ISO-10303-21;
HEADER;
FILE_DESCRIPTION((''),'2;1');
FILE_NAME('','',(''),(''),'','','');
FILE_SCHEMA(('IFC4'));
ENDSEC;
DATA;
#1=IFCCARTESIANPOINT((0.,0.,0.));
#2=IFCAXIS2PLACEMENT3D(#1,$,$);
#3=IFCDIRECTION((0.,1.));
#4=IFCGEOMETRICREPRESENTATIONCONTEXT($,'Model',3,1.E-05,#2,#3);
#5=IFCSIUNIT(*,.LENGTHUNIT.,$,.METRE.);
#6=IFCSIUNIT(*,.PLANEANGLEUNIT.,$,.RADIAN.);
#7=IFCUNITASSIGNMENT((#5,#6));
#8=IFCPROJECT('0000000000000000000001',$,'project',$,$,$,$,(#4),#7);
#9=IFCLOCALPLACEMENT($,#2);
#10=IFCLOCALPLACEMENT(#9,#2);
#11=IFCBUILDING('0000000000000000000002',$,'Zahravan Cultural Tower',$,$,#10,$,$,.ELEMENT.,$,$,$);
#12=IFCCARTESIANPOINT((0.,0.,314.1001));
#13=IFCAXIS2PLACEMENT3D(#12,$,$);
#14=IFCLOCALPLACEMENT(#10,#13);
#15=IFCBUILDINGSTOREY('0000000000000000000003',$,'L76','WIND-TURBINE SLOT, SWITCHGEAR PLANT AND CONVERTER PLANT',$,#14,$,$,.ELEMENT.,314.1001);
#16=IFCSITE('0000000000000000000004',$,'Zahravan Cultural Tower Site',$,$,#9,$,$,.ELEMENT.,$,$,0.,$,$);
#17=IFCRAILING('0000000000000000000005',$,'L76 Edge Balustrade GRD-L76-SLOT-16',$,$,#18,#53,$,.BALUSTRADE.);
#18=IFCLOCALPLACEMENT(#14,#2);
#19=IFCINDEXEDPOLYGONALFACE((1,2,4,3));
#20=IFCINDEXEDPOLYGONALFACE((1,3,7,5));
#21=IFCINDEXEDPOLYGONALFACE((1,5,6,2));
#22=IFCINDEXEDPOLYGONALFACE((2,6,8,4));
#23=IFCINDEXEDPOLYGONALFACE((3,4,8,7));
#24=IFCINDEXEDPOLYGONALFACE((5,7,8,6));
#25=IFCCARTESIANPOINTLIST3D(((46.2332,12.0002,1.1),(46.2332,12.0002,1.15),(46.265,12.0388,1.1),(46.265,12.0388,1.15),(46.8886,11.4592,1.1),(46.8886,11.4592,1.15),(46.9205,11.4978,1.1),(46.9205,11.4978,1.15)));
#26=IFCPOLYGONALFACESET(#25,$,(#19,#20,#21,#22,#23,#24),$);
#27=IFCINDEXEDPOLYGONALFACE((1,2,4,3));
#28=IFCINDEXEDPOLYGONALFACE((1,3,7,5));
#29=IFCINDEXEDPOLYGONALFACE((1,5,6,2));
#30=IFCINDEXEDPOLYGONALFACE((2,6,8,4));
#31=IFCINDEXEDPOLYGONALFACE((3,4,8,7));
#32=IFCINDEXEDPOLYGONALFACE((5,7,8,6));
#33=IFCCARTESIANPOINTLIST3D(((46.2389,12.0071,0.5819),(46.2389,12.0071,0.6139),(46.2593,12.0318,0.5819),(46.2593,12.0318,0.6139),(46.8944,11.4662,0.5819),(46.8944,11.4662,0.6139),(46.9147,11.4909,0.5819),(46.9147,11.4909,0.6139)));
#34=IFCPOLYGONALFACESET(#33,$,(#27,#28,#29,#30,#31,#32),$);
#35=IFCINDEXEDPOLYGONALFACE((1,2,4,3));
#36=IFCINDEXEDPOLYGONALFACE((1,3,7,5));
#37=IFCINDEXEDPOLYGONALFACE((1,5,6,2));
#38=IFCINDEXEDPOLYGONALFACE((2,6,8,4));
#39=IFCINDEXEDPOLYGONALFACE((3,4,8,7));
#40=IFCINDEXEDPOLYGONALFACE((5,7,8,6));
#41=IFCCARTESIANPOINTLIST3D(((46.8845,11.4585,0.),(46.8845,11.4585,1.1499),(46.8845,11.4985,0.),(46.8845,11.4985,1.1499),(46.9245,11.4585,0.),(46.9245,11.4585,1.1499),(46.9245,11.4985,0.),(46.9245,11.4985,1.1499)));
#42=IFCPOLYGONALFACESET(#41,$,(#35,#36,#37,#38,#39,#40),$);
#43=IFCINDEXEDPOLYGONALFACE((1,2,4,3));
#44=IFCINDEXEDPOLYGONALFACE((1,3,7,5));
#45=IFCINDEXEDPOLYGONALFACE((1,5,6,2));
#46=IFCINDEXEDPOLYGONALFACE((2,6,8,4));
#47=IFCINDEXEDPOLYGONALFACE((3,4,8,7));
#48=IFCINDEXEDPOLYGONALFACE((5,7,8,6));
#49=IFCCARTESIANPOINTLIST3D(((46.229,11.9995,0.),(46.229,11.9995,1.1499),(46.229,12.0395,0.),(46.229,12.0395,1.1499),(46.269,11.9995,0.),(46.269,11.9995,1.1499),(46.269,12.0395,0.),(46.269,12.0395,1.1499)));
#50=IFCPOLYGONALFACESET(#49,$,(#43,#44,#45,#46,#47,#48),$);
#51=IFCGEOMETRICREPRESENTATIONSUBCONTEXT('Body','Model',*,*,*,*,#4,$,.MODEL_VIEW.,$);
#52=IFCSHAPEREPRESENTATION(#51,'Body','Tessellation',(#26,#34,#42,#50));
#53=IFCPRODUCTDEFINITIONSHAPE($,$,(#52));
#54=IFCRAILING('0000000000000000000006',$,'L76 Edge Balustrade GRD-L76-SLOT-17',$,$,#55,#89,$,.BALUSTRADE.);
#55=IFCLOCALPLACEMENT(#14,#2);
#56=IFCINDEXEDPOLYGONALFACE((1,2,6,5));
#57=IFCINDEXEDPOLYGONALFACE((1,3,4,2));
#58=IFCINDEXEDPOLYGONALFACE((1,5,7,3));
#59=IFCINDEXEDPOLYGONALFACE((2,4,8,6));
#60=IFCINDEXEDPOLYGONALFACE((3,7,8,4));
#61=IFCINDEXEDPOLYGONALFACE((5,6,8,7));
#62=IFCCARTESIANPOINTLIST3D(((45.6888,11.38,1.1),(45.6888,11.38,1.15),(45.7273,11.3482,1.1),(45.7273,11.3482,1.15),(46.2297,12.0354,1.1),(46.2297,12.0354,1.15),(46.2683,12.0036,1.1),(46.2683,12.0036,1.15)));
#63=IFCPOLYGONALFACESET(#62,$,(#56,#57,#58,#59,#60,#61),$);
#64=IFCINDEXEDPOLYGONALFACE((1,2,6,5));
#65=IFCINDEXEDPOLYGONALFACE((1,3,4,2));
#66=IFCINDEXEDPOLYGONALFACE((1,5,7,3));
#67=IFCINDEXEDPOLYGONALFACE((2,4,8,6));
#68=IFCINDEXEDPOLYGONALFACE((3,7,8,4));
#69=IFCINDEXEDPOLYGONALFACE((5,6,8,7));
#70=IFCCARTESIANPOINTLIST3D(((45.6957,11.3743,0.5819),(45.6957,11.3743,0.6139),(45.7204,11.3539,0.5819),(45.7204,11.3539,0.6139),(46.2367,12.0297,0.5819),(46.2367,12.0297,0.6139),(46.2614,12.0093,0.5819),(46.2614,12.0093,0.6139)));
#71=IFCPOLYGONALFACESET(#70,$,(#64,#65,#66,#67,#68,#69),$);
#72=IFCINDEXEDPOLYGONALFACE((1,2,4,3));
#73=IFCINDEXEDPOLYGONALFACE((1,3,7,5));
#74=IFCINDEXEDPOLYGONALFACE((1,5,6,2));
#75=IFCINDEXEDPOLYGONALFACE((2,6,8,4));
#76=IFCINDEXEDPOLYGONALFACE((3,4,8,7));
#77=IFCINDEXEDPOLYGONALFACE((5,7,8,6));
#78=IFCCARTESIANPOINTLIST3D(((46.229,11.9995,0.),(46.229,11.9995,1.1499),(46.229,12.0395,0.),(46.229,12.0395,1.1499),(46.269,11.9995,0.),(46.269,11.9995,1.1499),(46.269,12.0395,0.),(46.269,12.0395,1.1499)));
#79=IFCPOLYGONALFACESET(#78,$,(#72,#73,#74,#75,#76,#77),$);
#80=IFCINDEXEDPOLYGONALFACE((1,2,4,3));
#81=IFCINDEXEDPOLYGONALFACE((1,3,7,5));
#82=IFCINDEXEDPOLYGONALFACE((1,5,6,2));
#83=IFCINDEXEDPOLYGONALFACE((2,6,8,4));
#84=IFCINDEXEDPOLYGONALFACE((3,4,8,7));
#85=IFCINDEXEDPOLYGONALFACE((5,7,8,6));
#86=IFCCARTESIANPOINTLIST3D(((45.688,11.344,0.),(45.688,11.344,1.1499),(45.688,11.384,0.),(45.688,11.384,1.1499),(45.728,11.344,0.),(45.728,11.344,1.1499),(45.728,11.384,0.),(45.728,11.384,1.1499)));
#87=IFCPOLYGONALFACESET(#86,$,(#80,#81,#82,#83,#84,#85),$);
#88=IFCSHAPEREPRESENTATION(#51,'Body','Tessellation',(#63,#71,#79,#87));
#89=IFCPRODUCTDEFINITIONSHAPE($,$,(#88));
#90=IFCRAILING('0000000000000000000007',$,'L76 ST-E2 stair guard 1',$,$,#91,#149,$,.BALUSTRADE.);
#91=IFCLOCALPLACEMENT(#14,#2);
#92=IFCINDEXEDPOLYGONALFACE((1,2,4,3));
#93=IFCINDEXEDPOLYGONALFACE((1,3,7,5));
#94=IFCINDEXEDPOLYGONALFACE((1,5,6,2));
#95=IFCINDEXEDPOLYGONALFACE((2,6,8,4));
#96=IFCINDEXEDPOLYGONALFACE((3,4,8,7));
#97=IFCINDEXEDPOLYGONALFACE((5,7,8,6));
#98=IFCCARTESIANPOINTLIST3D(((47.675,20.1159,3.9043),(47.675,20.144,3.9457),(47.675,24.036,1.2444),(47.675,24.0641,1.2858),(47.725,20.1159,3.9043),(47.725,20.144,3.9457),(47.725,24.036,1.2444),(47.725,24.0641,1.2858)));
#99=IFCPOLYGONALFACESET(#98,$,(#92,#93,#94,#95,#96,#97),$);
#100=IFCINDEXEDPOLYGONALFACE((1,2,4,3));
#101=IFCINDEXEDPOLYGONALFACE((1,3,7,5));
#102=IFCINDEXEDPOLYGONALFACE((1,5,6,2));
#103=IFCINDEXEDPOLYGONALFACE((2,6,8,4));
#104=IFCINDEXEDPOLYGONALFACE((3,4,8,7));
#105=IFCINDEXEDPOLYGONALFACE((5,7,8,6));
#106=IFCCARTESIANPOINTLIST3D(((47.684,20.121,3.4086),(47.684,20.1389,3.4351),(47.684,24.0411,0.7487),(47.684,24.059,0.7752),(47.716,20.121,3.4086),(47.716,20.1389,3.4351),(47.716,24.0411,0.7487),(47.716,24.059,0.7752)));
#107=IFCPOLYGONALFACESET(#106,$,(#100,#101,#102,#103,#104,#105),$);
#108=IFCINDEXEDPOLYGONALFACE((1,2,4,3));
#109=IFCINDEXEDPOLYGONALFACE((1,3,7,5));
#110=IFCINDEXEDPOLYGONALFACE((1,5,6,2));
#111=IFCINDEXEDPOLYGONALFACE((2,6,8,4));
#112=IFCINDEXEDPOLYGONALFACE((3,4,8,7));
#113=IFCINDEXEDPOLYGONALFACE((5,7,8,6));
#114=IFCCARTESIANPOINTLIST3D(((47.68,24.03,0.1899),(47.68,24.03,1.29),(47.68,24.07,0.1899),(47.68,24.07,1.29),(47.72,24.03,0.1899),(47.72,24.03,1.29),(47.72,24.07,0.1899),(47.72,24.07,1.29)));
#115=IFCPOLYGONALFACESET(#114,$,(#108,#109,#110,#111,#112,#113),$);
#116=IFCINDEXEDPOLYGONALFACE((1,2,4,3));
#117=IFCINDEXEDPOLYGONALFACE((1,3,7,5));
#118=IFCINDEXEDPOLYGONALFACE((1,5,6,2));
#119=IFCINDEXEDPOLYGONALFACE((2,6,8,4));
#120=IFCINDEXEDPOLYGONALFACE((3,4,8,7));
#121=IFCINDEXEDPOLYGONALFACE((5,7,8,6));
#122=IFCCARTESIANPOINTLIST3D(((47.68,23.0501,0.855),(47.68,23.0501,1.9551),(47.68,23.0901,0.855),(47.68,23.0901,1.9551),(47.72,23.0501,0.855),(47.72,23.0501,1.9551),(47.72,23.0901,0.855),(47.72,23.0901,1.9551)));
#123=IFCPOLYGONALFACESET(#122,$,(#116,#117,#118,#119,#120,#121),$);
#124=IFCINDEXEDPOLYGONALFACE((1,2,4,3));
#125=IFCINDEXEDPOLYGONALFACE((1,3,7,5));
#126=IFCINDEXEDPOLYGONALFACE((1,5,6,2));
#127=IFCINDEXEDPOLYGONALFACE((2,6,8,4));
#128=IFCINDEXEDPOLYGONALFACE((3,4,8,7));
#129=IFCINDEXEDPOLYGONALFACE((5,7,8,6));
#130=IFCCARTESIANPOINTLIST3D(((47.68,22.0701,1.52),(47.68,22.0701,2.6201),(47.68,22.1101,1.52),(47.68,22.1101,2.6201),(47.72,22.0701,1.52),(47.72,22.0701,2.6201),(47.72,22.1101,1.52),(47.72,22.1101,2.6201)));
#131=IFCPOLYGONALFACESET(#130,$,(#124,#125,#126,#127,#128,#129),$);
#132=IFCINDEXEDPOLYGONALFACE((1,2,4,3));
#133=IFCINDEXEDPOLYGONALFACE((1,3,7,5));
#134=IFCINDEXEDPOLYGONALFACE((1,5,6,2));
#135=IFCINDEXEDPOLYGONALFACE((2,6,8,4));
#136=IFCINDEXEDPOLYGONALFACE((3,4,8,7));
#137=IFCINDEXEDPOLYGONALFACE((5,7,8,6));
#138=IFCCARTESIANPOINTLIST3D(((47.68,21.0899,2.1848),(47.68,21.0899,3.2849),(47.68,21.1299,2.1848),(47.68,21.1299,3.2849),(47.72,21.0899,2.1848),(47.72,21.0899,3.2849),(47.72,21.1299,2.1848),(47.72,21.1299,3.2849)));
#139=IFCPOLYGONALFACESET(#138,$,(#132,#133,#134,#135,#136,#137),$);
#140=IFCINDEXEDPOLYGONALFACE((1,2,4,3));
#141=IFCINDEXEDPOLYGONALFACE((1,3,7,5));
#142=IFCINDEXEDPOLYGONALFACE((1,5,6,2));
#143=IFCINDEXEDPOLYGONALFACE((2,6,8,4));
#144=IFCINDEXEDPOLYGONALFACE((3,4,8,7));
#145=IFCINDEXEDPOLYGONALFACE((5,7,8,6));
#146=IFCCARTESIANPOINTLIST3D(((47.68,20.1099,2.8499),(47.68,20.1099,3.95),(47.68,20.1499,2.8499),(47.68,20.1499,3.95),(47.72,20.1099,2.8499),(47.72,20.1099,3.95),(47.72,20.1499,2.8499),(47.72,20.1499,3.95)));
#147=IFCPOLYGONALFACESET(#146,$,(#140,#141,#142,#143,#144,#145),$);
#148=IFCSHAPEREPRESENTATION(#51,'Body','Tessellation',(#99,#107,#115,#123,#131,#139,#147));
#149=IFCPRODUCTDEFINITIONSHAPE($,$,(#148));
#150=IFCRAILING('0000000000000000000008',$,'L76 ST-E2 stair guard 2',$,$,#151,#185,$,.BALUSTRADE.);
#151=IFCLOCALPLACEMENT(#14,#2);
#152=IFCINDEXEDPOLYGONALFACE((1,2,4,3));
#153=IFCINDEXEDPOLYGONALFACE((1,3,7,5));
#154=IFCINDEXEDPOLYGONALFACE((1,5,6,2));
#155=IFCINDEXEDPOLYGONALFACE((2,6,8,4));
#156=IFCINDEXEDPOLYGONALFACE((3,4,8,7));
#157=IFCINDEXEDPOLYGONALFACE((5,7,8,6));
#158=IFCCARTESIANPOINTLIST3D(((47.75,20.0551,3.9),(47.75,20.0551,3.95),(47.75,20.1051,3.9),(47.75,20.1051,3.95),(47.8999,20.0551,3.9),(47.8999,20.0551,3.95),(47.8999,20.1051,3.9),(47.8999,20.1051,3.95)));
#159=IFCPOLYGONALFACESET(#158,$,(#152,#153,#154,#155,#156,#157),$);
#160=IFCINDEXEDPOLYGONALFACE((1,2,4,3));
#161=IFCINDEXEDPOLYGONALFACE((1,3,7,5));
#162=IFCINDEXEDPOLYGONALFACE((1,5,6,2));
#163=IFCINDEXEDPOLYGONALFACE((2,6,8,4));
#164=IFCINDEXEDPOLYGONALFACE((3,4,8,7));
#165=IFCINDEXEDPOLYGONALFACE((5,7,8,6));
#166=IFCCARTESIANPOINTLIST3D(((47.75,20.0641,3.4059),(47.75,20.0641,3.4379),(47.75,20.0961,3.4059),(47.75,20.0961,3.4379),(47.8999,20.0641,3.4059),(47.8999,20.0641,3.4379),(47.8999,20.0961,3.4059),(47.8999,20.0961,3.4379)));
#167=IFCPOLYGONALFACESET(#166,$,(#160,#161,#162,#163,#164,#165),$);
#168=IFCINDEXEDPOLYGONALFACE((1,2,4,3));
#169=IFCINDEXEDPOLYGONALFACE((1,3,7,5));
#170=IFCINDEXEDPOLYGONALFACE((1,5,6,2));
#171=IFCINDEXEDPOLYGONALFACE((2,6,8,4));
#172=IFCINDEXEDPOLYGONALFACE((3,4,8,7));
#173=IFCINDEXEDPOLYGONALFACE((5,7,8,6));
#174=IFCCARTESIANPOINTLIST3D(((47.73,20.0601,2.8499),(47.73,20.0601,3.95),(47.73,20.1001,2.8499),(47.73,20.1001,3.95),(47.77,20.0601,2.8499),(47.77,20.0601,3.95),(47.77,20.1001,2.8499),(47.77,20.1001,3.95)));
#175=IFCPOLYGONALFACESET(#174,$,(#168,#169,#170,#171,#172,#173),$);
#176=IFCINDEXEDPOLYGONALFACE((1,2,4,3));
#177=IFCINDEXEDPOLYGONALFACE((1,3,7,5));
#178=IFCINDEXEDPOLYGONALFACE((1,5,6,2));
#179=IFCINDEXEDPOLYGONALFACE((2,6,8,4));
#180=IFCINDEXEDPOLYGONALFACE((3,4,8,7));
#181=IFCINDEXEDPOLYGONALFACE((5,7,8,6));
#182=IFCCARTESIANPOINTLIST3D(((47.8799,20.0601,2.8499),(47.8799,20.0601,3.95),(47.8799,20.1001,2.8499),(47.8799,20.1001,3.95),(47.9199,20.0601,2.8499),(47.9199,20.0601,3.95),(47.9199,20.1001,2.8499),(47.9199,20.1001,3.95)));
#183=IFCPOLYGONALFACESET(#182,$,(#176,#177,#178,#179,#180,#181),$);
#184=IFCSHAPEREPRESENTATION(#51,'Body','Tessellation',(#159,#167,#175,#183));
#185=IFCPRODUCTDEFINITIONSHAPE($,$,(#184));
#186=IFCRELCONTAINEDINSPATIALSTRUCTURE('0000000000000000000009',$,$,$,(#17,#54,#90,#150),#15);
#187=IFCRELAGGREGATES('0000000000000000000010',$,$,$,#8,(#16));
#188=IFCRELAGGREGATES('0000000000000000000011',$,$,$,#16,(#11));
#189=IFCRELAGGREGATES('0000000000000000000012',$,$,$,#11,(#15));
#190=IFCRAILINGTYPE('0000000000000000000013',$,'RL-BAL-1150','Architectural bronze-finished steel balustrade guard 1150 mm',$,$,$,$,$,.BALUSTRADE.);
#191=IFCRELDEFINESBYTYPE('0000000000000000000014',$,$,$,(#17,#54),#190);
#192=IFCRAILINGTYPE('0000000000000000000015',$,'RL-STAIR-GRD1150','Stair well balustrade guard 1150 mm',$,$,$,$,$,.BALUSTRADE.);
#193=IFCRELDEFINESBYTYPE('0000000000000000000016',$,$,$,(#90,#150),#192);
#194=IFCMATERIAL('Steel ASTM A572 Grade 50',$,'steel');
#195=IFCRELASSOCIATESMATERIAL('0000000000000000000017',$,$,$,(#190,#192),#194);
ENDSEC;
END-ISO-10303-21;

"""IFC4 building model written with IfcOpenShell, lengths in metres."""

from ifc_helpers import new_model, si_unit, direction, frame, origin, origin_2d, place, context, subcontext, project, spatial, rectangle, extrude, material, type_object, element, save


model = new_model("IFC4")

# Units and contexts
model_context = context("Model", 3, precision=1e-05, world=origin(), true_north=direction((0.0, 1.0)))
body_context = subcontext(model_context, "Body", "Model", "MODEL_VIEW")
ifc_project = project(units=[si_unit("LENGTHUNIT", "METRE"), si_unit("PLANEANGLEUNIT", "RADIAN")], contexts=[model_context])

# Site, building, storey
site_placement = place(None, origin())
site = spatial("IfcSite", under=ifc_project, at=site_placement, Name="Zahravan Cultural Tower Site", CompositionType="ELEMENT", RefElevation=0.0)
building_placement = place(site_placement, origin())
building = spatial("IfcBuilding", under=site, at=building_placement, Name="Zahravan Cultural Tower", CompositionType="ELEMENT")
storey_placement = place(building_placement, frame((0.0, 0.0, 314.1001)))
storey = spatial("IfcBuildingStorey", under=building, at=storey_placement, Name="L76", Description="WIND-TURBINE SLOT, SWITCHGEAR PLANT AND CONVERTER PLANT", CompositionType="ELEMENT", Elevation=314.1001)

# Shared definitions
ifc_material_1 = material(Name="Steel ASTM A572 Grade 50", Category="steel")

# Railings
railing_type_1 = type_object("IfcRailingType", Name="RL-BAL-1150", Description="Architectural bronze-finished steel balustrade guard 1150 mm", PredefinedType="BALUSTRADE", material=ifc_material_1)
railing_1_placement = place(storey_placement, frame((46.9045, 11.4785, 0.0)))
element("IfcRailing", 1, at=railing_1_placement, inside=storey, type_object=railing_type_1, Name="L76 Edge Balustrade GRD-L76-SLOT-16", PredefinedType="BALUSTRADE", context=body_context, shape_type="SweptSolid", body=[
    extrude(rectangle(XDim=0.05, YDim=0.05, at=origin_2d()), frame((0.0, 0.0, 1.125), z_axis=(-0.77125, 0.636532, 0.0), x_axis=(-0.636532, -0.77125, 0.0)), (0.0, 0.0, 1.0), 0.8499),
    extrude(rectangle(XDim=0.032, YDim=0.032, at=origin_2d()), frame((0.0, 0.0, 0.5979), z_axis=(-0.77125, 0.636532, 0.0), x_axis=(-0.636532, -0.77125, 0.0)), (0.0, 0.0, 1.0), 0.8499),
    extrude(rectangle(XDim=0.04, YDim=0.04, at=origin_2d()), origin(), (0.0, 0.0, 1.0), 1.1499),
    extrude(rectangle(XDim=0.04, YDim=0.04, at=origin_2d()), frame((-0.6555, 0.541, 0.0)), (0.0, 0.0, 1.0), 1.1499),
])
railing_2_placement = place(storey_placement, frame((46.249, 12.0195, 0.0)))
element("IfcRailing", 2, at=railing_2_placement, inside=storey, type_object=railing_type_1, Name="L76 Edge Balustrade GRD-L76-SLOT-17", PredefinedType="BALUSTRADE", context=body_context, shape_type="SweptSolid", body=[
    extrude(rectangle(XDim=0.05, YDim=0.05, at=origin_2d()), frame((0.0, 0.0, 1.125), z_axis=(-0.636532, -0.77125, 0.0), x_axis=(0.77125, -0.636532, 0.0)), (0.0, 0.0, 1.0), 0.8499),
    extrude(rectangle(XDim=0.032, YDim=0.032, at=origin_2d()), frame((0.0, 0.0, 0.5979), z_axis=(-0.636532, -0.77125, 0.0), x_axis=(0.77125, -0.636532, 0.0)), (0.0, 0.0, 1.0), 0.8499),
    extrude(rectangle(XDim=0.04, YDim=0.04, at=origin_2d()), origin(), (0.0, 0.0, 1.0), 1.1499),
    extrude(rectangle(XDim=0.04, YDim=0.04, at=origin_2d()), frame((-0.541, -0.6555, 0.0)), (0.0, 0.0, 1.0), 1.1499),
])
railing_type_2 = type_object("IfcRailingType", Name="RL-STAIR-GRD1150", Description="Stair well balustrade guard 1150 mm", PredefinedType="BALUSTRADE", material=ifc_material_1)
railing_3_placement = place(storey_placement, frame((47.7, 24.05, 0.1899)))
element("IfcRailing", 3, at=railing_3_placement, inside=storey, type_object=railing_type_2, Name="L76 ST-E2 stair guard 1", PredefinedType="BALUSTRADE", context=body_context, shape_type="SweptSolid", body=[
    extrude(rectangle(XDim=0.05, YDim=0.05, at=origin_2d()), frame((0.0, 0.0, 1.0752), z_axis=(0.0, -0.827495, 0.561472), x_axis=(1.0, 0.0, 0.0)), (0.0, 0.0, 1.0), 4.7373),
    extrude(rectangle(XDim=0.032, YDim=0.032, at=origin_2d()), frame((0.0, 0.0, 0.572), z_axis=(0.0, -0.827495, 0.561472), x_axis=(1.0, 0.0, 0.0)), (0.0, 0.0, 1.0), 4.7373),
    extrude(rectangle(XDim=0.04, YDim=0.04, at=origin_2d()), origin(), (0.0, 0.0, 1.0), 1.1001),
    extrude(rectangle(XDim=0.04, YDim=0.04, at=origin_2d()), frame((0.0, -0.98, 0.665)), (0.0, 0.0, 1.0), 1.1001),
    extrude(rectangle(XDim=0.04, YDim=0.04, at=origin_2d()), frame((0.0, -1.96, 1.3301)), (0.0, 0.0, 1.0), 1.1001),
    extrude(rectangle(XDim=0.04, YDim=0.04, at=origin_2d()), frame((0.0, -2.9402, 1.9949)), (0.0, 0.0, 1.0), 1.1001),
    extrude(rectangle(XDim=0.04, YDim=0.04, at=origin_2d()), frame((0.0, -3.9202, 2.6599)), (0.0, 0.0, 1.0), 1.1001),
])
railing_4_placement = place(storey_placement, frame((47.75, 20.0801, 2.8499)))
element("IfcRailing", 4, at=railing_4_placement, inside=storey, type_object=railing_type_2, Name="L76 ST-E2 stair guard 2", PredefinedType="BALUSTRADE", context=body_context, shape_type="SweptSolid", body=[
    extrude(rectangle(XDim=0.05, YDim=0.05, at=origin_2d()), frame((0.0, 0.0, 1.0752), z_axis=(1.0, 0.0, 0.0), x_axis=(0.0, 1.0, 0.0)), (0.0, 0.0, 1.0), 0.1499),
    extrude(rectangle(XDim=0.032, YDim=0.032, at=origin_2d()), frame((0.0, 0.0, 0.572), z_axis=(1.0, 0.0, 0.0), x_axis=(0.0, 1.0, 0.0)), (0.0, 0.0, 1.0), 0.1499),
    extrude(rectangle(XDim=0.04, YDim=0.04, at=origin_2d()), origin(), (0.0, 0.0, 1.0), 1.1001),
    extrude(rectangle(XDim=0.04, YDim=0.04, at=origin_2d()), frame((0.1499, 0.0, 0.0)), (0.0, 0.0, 1.0), 1.1001),
])

save(model, "model.ifc")
